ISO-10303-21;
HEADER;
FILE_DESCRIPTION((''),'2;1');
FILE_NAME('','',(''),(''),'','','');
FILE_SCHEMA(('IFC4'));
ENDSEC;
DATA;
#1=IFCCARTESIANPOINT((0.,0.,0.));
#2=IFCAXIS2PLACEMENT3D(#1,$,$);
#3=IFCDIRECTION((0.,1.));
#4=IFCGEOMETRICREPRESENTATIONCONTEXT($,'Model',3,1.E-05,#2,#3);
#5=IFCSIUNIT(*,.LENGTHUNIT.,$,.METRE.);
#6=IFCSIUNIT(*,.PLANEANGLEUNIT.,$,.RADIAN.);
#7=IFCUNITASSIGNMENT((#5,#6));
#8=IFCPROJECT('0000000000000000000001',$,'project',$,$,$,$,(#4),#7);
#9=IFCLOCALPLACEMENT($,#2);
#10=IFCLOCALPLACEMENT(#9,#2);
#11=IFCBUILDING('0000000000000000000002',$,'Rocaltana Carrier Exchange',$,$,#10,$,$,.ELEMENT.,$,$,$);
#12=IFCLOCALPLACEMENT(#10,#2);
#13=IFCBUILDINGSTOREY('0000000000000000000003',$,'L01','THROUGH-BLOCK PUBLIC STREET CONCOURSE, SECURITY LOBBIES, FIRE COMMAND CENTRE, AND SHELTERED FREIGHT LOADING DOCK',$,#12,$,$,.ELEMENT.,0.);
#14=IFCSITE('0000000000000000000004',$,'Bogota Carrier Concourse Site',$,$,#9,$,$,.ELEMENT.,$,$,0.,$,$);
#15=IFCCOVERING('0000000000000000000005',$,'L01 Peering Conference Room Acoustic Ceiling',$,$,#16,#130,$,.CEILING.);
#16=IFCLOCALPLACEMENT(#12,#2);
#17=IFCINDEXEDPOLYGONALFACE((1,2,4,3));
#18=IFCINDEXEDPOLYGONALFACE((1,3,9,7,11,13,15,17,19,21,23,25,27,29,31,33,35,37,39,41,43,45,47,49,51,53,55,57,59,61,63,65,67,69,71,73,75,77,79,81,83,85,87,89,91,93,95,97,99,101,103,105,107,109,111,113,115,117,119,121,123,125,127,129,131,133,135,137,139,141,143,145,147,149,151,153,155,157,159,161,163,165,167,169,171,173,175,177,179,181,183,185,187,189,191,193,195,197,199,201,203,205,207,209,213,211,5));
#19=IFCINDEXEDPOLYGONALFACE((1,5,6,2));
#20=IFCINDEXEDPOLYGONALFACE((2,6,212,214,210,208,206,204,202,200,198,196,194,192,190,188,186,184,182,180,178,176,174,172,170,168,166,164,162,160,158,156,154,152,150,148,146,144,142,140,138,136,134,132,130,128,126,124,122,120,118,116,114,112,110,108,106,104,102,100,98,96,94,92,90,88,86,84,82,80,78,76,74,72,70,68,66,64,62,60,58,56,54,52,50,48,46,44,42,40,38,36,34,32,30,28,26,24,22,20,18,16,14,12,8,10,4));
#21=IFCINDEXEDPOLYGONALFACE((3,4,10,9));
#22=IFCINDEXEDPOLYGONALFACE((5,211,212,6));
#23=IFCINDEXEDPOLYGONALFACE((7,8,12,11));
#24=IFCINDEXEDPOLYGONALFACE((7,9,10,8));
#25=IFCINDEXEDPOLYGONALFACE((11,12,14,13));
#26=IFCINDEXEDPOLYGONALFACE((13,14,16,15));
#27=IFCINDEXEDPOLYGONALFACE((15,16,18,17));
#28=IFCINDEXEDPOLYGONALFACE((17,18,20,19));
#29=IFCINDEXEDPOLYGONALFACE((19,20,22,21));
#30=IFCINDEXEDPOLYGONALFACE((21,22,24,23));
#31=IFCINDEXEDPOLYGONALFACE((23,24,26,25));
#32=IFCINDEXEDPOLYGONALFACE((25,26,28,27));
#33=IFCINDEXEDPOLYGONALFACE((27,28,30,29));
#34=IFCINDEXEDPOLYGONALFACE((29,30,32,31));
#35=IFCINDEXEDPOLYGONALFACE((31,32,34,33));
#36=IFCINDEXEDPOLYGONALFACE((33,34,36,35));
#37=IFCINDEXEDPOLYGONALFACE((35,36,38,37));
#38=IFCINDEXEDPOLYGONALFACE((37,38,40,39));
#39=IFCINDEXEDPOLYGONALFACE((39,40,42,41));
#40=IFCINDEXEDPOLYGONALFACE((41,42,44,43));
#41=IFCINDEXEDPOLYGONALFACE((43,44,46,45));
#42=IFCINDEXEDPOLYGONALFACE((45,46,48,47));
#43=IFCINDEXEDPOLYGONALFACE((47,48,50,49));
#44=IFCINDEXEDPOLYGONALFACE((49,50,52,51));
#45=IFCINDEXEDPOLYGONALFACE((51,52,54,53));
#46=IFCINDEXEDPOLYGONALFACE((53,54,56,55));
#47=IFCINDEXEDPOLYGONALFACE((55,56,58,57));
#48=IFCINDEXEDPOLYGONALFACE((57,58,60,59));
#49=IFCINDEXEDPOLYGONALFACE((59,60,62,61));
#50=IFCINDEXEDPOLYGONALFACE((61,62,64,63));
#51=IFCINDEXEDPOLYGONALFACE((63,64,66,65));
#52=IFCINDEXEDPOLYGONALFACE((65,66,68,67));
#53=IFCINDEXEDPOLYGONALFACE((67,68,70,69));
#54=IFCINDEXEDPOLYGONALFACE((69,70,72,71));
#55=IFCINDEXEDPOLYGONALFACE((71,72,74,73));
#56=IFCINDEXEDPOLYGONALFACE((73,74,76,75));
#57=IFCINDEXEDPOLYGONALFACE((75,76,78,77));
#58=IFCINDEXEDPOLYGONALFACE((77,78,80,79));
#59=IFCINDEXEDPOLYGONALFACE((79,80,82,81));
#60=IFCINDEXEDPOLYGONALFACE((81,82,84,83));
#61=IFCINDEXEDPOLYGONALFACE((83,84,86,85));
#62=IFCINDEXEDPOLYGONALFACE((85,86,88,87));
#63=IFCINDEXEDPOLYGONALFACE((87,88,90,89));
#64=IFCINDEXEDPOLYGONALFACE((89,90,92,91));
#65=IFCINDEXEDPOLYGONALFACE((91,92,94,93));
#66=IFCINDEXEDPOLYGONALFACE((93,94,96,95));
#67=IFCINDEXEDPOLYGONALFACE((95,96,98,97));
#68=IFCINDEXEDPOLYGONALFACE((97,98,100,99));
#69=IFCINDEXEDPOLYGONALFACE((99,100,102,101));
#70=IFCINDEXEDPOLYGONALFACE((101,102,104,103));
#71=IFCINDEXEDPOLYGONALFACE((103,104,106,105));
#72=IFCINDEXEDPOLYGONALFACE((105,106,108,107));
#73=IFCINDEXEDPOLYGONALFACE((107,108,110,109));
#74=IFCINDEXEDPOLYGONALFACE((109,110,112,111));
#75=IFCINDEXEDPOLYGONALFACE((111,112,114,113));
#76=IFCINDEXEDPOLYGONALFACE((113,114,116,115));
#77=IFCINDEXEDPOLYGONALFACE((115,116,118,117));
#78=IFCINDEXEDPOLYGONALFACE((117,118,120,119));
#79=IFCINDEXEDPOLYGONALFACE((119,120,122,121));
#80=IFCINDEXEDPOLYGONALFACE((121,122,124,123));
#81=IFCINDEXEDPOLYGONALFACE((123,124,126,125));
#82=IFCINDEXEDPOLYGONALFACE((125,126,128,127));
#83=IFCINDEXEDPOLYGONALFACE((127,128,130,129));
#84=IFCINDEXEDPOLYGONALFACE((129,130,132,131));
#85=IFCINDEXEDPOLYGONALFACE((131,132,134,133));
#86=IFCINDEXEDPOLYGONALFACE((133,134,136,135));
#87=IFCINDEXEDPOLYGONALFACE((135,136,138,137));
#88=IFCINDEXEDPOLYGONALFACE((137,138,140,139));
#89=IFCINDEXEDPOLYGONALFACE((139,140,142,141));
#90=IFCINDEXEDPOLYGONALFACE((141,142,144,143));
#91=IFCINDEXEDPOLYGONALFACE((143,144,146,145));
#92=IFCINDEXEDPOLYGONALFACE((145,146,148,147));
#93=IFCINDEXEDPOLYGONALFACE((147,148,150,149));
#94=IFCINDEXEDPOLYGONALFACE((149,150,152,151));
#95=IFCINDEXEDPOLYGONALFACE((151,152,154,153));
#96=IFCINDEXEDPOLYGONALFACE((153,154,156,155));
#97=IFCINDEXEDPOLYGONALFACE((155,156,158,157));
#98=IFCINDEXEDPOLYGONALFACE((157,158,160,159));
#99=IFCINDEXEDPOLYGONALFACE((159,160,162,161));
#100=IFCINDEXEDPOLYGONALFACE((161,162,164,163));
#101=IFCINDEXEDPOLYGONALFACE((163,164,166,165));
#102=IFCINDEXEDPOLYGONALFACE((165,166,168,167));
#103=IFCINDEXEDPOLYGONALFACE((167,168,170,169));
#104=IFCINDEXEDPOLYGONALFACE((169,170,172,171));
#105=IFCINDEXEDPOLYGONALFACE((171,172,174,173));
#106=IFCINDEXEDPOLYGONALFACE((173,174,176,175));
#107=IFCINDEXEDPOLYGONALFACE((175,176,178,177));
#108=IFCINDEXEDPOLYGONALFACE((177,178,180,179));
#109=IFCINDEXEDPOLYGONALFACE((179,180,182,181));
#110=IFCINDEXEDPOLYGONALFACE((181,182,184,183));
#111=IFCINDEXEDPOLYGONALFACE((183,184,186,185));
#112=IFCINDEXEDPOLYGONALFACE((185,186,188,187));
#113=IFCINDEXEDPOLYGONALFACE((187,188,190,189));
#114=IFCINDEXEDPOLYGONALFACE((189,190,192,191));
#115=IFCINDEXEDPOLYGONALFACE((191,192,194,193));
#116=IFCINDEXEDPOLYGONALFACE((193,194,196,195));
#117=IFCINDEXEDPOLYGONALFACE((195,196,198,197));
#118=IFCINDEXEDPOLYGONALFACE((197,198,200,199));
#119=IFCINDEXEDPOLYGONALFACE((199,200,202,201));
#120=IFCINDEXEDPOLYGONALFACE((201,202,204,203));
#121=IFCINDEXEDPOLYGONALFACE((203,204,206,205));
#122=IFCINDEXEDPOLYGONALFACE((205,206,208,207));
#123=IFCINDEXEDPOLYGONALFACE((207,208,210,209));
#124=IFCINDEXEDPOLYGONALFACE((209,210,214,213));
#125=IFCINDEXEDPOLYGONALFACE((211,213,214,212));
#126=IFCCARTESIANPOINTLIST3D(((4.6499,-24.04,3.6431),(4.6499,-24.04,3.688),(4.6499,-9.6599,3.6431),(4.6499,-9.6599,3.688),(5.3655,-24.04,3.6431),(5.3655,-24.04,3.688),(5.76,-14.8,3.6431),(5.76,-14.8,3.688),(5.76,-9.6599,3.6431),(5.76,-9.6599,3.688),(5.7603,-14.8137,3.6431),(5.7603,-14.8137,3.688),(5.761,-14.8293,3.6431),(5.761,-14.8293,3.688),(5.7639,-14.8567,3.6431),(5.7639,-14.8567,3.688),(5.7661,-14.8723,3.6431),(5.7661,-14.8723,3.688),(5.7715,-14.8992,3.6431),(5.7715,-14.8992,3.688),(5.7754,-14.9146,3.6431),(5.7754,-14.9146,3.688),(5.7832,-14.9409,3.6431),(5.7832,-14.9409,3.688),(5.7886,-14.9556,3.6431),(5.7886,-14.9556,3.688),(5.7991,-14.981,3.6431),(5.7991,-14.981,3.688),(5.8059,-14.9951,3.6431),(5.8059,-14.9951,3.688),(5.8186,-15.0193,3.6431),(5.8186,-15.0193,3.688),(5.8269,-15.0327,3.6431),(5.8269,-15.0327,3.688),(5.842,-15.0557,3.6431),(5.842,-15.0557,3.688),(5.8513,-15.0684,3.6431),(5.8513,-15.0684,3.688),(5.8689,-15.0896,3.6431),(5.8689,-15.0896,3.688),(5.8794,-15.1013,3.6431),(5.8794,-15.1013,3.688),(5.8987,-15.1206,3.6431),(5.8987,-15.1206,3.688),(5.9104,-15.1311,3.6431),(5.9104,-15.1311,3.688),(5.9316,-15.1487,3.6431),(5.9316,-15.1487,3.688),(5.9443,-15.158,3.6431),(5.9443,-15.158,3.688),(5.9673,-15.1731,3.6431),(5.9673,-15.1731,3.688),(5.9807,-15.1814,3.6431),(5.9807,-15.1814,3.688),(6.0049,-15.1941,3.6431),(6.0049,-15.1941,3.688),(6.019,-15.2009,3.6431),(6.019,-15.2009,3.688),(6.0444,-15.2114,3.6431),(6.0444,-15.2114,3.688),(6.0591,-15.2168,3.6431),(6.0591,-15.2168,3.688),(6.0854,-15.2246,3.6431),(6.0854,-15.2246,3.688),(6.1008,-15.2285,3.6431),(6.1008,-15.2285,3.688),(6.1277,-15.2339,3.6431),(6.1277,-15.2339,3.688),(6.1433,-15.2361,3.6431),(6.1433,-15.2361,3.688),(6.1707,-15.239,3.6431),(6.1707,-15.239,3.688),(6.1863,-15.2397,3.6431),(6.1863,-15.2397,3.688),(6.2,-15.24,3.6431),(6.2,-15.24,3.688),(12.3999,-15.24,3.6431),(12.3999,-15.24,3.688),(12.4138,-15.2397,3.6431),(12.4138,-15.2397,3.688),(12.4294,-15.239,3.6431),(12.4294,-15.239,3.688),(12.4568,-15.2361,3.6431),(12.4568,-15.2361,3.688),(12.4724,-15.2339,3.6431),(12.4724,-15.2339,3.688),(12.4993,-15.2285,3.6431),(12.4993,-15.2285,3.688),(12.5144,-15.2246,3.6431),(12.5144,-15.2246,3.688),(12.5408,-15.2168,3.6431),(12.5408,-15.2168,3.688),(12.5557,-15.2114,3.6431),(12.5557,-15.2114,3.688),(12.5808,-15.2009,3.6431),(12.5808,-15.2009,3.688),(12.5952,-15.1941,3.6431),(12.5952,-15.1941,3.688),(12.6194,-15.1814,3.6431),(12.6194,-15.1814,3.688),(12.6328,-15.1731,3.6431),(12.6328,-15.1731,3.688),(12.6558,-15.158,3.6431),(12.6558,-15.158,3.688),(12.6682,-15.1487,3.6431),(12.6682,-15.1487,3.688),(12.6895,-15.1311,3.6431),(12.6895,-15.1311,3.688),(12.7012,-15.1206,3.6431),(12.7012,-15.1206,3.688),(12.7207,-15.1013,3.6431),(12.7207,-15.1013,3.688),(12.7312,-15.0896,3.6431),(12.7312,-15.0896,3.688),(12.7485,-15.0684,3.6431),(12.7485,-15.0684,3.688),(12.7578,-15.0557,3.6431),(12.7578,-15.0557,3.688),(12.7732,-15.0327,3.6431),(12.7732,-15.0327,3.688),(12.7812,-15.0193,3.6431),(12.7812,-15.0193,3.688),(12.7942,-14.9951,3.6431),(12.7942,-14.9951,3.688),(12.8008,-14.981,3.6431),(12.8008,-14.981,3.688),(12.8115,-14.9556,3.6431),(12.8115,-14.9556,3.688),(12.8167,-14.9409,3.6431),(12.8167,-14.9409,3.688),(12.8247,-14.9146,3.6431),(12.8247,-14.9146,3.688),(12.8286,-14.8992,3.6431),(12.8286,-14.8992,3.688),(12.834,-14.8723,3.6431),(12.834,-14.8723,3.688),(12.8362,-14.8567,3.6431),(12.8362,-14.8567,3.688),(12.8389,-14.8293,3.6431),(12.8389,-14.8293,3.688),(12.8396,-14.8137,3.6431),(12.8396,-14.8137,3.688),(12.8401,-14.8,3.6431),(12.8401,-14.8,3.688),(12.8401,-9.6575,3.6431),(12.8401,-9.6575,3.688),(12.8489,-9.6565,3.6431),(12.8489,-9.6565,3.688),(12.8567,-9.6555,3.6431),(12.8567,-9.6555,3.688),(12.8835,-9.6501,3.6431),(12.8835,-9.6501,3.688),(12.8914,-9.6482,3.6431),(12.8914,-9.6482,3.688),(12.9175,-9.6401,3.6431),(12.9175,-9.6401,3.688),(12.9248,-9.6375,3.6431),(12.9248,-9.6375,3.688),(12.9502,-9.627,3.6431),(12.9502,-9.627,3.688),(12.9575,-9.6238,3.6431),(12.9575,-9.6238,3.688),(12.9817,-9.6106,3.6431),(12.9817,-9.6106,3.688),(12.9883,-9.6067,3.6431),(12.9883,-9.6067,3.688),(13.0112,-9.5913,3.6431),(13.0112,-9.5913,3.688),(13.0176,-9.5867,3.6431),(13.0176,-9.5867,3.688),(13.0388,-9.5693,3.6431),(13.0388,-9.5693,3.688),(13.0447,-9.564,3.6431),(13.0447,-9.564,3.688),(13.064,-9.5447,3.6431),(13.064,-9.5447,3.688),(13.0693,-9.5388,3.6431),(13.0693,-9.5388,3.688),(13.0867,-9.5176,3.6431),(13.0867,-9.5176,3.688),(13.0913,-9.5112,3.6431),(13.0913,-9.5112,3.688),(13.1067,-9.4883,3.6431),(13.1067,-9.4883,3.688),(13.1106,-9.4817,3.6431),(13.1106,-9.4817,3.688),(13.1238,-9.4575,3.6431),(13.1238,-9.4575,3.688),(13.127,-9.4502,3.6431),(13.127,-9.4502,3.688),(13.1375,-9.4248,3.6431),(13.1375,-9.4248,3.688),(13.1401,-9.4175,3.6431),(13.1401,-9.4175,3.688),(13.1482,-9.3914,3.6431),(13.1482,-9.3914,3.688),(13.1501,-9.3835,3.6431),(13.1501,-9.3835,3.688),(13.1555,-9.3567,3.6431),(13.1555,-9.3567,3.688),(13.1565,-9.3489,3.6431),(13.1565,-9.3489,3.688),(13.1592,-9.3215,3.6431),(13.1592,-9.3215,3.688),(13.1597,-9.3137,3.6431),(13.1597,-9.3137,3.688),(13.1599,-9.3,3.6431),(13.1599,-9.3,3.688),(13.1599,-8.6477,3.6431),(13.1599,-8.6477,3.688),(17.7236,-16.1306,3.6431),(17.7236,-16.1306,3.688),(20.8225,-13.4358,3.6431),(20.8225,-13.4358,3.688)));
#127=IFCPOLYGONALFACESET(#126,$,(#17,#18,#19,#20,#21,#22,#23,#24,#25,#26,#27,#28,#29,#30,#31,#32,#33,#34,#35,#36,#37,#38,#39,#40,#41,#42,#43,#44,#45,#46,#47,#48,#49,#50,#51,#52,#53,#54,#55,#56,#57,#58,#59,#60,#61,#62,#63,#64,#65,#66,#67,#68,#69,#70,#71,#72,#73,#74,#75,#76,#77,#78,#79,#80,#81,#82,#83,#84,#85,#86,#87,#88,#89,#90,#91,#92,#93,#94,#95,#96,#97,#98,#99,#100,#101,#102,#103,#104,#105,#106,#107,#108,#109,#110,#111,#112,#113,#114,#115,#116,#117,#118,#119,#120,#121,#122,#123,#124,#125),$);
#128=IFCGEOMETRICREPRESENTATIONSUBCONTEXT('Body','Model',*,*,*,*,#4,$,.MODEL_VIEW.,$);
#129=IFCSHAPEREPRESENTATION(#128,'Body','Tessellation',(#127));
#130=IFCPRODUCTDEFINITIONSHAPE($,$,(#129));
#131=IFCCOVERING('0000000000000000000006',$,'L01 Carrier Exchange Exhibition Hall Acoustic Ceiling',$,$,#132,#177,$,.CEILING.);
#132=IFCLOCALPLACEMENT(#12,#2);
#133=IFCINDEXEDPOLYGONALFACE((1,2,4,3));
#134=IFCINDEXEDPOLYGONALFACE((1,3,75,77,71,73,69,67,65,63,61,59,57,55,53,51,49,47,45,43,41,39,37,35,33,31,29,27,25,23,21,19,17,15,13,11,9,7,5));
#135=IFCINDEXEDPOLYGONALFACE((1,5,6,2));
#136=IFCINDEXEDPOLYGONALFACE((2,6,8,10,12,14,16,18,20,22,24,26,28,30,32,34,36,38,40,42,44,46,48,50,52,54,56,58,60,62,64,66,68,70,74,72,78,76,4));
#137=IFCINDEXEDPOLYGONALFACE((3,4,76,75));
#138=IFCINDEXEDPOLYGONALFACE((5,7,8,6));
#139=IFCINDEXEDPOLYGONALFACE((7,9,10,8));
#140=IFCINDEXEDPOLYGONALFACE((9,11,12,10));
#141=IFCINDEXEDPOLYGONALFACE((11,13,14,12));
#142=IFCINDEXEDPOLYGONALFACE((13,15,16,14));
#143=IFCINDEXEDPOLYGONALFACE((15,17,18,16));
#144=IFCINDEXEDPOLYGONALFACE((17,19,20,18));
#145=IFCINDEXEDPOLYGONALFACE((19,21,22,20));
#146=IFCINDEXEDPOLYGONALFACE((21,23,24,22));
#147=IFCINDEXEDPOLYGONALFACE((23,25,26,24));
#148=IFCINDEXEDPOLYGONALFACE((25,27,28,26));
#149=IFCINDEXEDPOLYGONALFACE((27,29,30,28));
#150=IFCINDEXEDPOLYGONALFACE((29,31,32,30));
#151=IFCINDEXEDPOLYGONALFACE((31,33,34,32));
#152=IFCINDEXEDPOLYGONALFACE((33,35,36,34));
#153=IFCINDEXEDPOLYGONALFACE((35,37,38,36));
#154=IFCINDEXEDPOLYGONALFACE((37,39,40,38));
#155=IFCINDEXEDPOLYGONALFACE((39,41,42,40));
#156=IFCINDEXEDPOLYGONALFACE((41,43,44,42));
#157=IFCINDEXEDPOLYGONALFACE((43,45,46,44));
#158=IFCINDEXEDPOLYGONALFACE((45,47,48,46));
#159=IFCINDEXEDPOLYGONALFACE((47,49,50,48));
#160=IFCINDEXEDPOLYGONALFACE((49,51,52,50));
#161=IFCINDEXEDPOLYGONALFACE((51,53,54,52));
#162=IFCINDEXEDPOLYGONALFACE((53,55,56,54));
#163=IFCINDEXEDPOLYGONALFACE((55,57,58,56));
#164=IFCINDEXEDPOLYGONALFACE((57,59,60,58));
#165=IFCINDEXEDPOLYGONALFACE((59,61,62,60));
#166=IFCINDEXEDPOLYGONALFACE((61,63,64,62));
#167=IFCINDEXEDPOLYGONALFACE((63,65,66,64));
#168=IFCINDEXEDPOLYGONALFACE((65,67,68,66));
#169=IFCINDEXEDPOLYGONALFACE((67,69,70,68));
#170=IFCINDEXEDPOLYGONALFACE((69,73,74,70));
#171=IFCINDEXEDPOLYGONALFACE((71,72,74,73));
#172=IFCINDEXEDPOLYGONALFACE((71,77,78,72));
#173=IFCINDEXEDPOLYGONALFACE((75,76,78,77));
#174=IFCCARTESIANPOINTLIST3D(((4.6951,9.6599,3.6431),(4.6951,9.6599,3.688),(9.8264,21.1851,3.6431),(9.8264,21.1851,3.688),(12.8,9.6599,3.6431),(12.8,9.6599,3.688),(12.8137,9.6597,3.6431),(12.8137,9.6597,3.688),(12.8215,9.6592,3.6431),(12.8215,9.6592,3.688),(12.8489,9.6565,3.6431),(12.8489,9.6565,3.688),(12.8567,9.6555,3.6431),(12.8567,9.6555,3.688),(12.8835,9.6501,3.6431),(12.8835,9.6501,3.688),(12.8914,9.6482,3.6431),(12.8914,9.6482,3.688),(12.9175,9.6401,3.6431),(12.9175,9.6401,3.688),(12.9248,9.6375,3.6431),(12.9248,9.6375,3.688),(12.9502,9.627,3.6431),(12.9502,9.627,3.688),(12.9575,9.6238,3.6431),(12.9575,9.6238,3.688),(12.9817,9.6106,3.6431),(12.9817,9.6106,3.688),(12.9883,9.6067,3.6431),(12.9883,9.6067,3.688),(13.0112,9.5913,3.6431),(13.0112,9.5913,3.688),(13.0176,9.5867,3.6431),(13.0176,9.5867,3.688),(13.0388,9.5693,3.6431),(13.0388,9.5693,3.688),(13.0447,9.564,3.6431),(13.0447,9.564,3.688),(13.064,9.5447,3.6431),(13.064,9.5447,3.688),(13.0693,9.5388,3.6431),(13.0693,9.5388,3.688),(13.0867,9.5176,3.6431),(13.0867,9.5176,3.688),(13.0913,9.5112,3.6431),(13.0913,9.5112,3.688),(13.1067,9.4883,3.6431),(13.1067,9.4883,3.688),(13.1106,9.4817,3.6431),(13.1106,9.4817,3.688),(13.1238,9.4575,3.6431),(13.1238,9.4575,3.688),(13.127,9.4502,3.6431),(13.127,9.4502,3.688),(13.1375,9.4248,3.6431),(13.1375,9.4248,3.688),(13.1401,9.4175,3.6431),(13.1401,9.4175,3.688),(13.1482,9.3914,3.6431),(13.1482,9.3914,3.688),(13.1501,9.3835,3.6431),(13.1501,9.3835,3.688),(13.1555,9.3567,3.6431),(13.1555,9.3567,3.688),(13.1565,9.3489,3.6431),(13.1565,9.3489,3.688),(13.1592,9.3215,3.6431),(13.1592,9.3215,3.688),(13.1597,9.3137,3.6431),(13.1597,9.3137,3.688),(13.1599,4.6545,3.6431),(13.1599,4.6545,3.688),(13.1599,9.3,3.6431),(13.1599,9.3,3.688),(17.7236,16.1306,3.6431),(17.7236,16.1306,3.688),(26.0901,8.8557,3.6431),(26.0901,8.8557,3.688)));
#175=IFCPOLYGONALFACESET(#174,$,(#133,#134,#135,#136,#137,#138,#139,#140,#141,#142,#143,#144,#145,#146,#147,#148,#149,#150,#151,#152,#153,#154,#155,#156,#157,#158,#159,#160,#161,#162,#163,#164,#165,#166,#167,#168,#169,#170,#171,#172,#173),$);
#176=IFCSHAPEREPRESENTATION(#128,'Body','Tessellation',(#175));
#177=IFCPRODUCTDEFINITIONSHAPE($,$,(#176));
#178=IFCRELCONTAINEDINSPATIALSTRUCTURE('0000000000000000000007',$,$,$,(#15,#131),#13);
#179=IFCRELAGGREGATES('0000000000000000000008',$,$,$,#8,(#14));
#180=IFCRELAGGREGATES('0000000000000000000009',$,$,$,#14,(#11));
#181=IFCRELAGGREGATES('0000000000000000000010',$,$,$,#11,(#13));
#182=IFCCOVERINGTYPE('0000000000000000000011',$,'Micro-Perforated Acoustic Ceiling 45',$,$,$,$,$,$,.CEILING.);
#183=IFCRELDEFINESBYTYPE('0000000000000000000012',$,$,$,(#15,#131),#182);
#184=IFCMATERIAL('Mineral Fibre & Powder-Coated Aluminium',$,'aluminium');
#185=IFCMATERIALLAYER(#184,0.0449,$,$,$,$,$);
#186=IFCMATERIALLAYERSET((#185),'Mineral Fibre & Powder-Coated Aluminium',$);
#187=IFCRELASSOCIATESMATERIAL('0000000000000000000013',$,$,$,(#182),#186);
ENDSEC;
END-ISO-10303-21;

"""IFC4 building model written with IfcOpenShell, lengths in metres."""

from ifc_helpers import new_model, si_unit, direction, frame, origin, place, context, subcontext, project, spatial, polyline, outline, extrude, material, layer, layer_set, type_object, element, save


model = new_model("IFC4")

# Units and contexts
model_context = context("Model", 3, precision=1e-05, world=origin(), true_north=direction((0.0, 1.0)))
body_context = subcontext(model_context, "Body", "Model", "MODEL_VIEW")
ifc_project = project(units=[si_unit("LENGTHUNIT", "METRE"), si_unit("PLANEANGLEUNIT", "RADIAN")], contexts=[model_context])

# Site, building, storey
site_placement = place(None, origin())
site = spatial("IfcSite", under=ifc_project, at=site_placement, Name="Bogota Carrier Concourse Site", CompositionType="ELEMENT", RefElevation=0.0)
building_placement = place(site_placement, origin())
building = spatial("IfcBuilding", under=site, at=building_placement, Name="Rocaltana Carrier Exchange", CompositionType="ELEMENT")
storey_placement = place(building_placement, origin())
storey = spatial("IfcBuildingStorey", under=building, at=storey_placement, Name="L01", Description="THROUGH-BLOCK PUBLIC STREET CONCOURSE, SECURITY LOBBIES, FIRE COMMAND CENTRE, AND SHELTERED FREIGHT LOADING DOCK", CompositionType="ELEMENT", Elevation=0.0)

# Coverings
ifc_material_1 = material(Name="Mineral Fibre & Powder-Coated Aluminium", Category="aluminium")
ifc_layer_1 = layer(ifc_material_1, 0.0449)
ifc_layer_set_1 = layer_set([ifc_layer_1], Name="Mineral Fibre & Powder-Coated Aluminium")
covering_type_1 = type_object("IfcCoveringType", Name="Micro-Perforated Acoustic Ceiling 45", PredefinedType="CEILING", material=ifc_layer_set_1)
covering_1_placement = place(storey_placement, frame((0.0, 0.0, 3.6431)))
element("IfcCovering", 1, at=covering_1_placement, inside=storey, type_object=covering_type_1, Name="L01 Peering Conference Room Acoustic Ceiling", PredefinedType="CEILING", context=body_context, shape_type="SweptSolid", body=[
    extrude(outline(polyline([(12.8401, -9.6575), (12.8489, -9.6565), (12.8567, -9.6555), (12.8835, -9.6501), (12.8914, -9.6482), (12.9175, -9.6401), (12.9248, -9.6375), (12.9502, -9.627), (12.9575, -9.6238), (12.9817, -9.6106), (12.9883, -9.6067), (13.0112, -9.5913), (13.0176, -9.5867), (13.0388, -9.5693), (13.0447, -9.564), (13.064, -9.5447), (13.0693, -9.5388), (13.0867, -9.5176), (13.0913, -9.5112), (13.1067, -9.4883), (13.1106, -9.4817), (13.1238, -9.4575), (13.127, -9.4502), (13.1375, -9.4248), (13.1401, -9.4175), (13.1482, -9.3914), (13.1501, -9.3835), (13.1555, -9.3567), (13.1565, -9.3489), (13.1592, -9.3215), (13.1597, -9.3137), (13.1599, -9.3), (13.1599, -8.6477), (20.8225, -13.4358), (17.7236, -16.1306), (5.3655, -24.04), (4.6499, -24.04), (4.6499, -9.6599), (5.76, -9.6599), (5.76, -14.8), (5.7603, -14.8137), (5.761, -14.8293), (5.7639, -14.8567), (5.7661, -14.8723), (5.7715, -14.8992), (5.7754, -14.9146), (5.7832, -14.9409), (5.7886, -14.9556), (5.7991, -14.981), (5.8059, -14.9951), (5.8186, -15.0193), (5.8269, -15.0327), (5.842, -15.0557), (5.8513, -15.0684), (5.8689, -15.0896), (5.8794, -15.1013), (5.8987, -15.1206), (5.9104, -15.1311), (5.9316, -15.1487), (5.9443, -15.158), (5.9673, -15.1731), (5.9807, -15.1814), (6.0049, -15.1941), (6.019, -15.2009), (6.0444, -15.2114), (6.0591, -15.2168), (6.0854, -15.2246), (6.1008, -15.2285), (6.1277, -15.2339), (6.1433, -15.2361), (6.1707, -15.239), (6.1863, -15.2397), (6.2, -15.24), (12.3999, -15.24), (12.4138, -15.2397), (12.4294, -15.239), (12.4568, -15.2361), (12.4724, -15.2339), (12.4993, -15.2285), (12.5144, -15.2246), (12.5408, -15.2168), (12.5557, -15.2114), (12.5808, -15.2009), (12.5952, -15.1941), (12.6194, -15.1814), (12.6328, -15.1731), (12.6558, -15.158), (12.6682, -15.1487), (12.6895, -15.1311), (12.7012, -15.1206), (12.7207, -15.1013), (12.7312, -15.0896), (12.7485, -15.0684), (12.7578, -15.0557), (12.7732, -15.0327), (12.7812, -15.0193), (12.7942, -14.9951), (12.8008, -14.981), (12.8115, -14.9556), (12.8167, -14.9409), (12.8247, -14.9146), (12.8286, -14.8992), (12.834, -14.8723), (12.8362, -14.8567), (12.8389, -14.8293), (12.8396, -14.8137), (12.8401, -14.8), (12.8401, -9.6575)])), origin(), (0.0, 0.0, 1.0), 0.0449),
])
covering_2_placement = place(storey_placement, frame((0.0, 0.0, 3.6431)))
element("IfcCovering", 2, at=covering_2_placement, inside=storey, type_object=covering_type_1, Name="L01 Carrier Exchange Exhibition Hall Acoustic Ceiling", PredefinedType="CEILING", context=body_context, shape_type="SweptSolid", body=[
    extrude(outline(polyline([(13.1599, 9.3), (13.1597, 9.3137), (13.1592, 9.3215), (13.1565, 9.3489), (13.1555, 9.3567), (13.1501, 9.3835), (13.1482, 9.3914), (13.1401, 9.4175), (13.1375, 9.4248), (13.127, 9.4502), (13.1238, 9.4575), (13.1106, 9.4817), (13.1067, 9.4883), (13.0913, 9.5112), (13.0867, 9.5176), (13.0693, 9.5388), (13.064, 9.5447), (13.0447, 9.564), (13.0388, 9.5693), (13.0176, 9.5867), (13.0112, 9.5913), (12.9883, 9.6067), (12.9817, 9.6106), (12.9575, 9.6238), (12.9502, 9.627), (12.9248, 9.6375), (12.9175, 9.6401), (12.8914, 9.6482), (12.8835, 9.6501), (12.8567, 9.6555), (12.8489, 9.6565), (12.8215, 9.6592), (12.8137, 9.6597), (12.8, 9.6599), (4.6951, 9.6599), (9.8264, 21.1851), (17.7236, 16.1306), (26.0901, 8.8557), (13.1599, 4.6545), (13.1599, 9.3)])), origin(), (0.0, 0.0, 1.0), 0.0449),
])

save(model, "model.ifc")
